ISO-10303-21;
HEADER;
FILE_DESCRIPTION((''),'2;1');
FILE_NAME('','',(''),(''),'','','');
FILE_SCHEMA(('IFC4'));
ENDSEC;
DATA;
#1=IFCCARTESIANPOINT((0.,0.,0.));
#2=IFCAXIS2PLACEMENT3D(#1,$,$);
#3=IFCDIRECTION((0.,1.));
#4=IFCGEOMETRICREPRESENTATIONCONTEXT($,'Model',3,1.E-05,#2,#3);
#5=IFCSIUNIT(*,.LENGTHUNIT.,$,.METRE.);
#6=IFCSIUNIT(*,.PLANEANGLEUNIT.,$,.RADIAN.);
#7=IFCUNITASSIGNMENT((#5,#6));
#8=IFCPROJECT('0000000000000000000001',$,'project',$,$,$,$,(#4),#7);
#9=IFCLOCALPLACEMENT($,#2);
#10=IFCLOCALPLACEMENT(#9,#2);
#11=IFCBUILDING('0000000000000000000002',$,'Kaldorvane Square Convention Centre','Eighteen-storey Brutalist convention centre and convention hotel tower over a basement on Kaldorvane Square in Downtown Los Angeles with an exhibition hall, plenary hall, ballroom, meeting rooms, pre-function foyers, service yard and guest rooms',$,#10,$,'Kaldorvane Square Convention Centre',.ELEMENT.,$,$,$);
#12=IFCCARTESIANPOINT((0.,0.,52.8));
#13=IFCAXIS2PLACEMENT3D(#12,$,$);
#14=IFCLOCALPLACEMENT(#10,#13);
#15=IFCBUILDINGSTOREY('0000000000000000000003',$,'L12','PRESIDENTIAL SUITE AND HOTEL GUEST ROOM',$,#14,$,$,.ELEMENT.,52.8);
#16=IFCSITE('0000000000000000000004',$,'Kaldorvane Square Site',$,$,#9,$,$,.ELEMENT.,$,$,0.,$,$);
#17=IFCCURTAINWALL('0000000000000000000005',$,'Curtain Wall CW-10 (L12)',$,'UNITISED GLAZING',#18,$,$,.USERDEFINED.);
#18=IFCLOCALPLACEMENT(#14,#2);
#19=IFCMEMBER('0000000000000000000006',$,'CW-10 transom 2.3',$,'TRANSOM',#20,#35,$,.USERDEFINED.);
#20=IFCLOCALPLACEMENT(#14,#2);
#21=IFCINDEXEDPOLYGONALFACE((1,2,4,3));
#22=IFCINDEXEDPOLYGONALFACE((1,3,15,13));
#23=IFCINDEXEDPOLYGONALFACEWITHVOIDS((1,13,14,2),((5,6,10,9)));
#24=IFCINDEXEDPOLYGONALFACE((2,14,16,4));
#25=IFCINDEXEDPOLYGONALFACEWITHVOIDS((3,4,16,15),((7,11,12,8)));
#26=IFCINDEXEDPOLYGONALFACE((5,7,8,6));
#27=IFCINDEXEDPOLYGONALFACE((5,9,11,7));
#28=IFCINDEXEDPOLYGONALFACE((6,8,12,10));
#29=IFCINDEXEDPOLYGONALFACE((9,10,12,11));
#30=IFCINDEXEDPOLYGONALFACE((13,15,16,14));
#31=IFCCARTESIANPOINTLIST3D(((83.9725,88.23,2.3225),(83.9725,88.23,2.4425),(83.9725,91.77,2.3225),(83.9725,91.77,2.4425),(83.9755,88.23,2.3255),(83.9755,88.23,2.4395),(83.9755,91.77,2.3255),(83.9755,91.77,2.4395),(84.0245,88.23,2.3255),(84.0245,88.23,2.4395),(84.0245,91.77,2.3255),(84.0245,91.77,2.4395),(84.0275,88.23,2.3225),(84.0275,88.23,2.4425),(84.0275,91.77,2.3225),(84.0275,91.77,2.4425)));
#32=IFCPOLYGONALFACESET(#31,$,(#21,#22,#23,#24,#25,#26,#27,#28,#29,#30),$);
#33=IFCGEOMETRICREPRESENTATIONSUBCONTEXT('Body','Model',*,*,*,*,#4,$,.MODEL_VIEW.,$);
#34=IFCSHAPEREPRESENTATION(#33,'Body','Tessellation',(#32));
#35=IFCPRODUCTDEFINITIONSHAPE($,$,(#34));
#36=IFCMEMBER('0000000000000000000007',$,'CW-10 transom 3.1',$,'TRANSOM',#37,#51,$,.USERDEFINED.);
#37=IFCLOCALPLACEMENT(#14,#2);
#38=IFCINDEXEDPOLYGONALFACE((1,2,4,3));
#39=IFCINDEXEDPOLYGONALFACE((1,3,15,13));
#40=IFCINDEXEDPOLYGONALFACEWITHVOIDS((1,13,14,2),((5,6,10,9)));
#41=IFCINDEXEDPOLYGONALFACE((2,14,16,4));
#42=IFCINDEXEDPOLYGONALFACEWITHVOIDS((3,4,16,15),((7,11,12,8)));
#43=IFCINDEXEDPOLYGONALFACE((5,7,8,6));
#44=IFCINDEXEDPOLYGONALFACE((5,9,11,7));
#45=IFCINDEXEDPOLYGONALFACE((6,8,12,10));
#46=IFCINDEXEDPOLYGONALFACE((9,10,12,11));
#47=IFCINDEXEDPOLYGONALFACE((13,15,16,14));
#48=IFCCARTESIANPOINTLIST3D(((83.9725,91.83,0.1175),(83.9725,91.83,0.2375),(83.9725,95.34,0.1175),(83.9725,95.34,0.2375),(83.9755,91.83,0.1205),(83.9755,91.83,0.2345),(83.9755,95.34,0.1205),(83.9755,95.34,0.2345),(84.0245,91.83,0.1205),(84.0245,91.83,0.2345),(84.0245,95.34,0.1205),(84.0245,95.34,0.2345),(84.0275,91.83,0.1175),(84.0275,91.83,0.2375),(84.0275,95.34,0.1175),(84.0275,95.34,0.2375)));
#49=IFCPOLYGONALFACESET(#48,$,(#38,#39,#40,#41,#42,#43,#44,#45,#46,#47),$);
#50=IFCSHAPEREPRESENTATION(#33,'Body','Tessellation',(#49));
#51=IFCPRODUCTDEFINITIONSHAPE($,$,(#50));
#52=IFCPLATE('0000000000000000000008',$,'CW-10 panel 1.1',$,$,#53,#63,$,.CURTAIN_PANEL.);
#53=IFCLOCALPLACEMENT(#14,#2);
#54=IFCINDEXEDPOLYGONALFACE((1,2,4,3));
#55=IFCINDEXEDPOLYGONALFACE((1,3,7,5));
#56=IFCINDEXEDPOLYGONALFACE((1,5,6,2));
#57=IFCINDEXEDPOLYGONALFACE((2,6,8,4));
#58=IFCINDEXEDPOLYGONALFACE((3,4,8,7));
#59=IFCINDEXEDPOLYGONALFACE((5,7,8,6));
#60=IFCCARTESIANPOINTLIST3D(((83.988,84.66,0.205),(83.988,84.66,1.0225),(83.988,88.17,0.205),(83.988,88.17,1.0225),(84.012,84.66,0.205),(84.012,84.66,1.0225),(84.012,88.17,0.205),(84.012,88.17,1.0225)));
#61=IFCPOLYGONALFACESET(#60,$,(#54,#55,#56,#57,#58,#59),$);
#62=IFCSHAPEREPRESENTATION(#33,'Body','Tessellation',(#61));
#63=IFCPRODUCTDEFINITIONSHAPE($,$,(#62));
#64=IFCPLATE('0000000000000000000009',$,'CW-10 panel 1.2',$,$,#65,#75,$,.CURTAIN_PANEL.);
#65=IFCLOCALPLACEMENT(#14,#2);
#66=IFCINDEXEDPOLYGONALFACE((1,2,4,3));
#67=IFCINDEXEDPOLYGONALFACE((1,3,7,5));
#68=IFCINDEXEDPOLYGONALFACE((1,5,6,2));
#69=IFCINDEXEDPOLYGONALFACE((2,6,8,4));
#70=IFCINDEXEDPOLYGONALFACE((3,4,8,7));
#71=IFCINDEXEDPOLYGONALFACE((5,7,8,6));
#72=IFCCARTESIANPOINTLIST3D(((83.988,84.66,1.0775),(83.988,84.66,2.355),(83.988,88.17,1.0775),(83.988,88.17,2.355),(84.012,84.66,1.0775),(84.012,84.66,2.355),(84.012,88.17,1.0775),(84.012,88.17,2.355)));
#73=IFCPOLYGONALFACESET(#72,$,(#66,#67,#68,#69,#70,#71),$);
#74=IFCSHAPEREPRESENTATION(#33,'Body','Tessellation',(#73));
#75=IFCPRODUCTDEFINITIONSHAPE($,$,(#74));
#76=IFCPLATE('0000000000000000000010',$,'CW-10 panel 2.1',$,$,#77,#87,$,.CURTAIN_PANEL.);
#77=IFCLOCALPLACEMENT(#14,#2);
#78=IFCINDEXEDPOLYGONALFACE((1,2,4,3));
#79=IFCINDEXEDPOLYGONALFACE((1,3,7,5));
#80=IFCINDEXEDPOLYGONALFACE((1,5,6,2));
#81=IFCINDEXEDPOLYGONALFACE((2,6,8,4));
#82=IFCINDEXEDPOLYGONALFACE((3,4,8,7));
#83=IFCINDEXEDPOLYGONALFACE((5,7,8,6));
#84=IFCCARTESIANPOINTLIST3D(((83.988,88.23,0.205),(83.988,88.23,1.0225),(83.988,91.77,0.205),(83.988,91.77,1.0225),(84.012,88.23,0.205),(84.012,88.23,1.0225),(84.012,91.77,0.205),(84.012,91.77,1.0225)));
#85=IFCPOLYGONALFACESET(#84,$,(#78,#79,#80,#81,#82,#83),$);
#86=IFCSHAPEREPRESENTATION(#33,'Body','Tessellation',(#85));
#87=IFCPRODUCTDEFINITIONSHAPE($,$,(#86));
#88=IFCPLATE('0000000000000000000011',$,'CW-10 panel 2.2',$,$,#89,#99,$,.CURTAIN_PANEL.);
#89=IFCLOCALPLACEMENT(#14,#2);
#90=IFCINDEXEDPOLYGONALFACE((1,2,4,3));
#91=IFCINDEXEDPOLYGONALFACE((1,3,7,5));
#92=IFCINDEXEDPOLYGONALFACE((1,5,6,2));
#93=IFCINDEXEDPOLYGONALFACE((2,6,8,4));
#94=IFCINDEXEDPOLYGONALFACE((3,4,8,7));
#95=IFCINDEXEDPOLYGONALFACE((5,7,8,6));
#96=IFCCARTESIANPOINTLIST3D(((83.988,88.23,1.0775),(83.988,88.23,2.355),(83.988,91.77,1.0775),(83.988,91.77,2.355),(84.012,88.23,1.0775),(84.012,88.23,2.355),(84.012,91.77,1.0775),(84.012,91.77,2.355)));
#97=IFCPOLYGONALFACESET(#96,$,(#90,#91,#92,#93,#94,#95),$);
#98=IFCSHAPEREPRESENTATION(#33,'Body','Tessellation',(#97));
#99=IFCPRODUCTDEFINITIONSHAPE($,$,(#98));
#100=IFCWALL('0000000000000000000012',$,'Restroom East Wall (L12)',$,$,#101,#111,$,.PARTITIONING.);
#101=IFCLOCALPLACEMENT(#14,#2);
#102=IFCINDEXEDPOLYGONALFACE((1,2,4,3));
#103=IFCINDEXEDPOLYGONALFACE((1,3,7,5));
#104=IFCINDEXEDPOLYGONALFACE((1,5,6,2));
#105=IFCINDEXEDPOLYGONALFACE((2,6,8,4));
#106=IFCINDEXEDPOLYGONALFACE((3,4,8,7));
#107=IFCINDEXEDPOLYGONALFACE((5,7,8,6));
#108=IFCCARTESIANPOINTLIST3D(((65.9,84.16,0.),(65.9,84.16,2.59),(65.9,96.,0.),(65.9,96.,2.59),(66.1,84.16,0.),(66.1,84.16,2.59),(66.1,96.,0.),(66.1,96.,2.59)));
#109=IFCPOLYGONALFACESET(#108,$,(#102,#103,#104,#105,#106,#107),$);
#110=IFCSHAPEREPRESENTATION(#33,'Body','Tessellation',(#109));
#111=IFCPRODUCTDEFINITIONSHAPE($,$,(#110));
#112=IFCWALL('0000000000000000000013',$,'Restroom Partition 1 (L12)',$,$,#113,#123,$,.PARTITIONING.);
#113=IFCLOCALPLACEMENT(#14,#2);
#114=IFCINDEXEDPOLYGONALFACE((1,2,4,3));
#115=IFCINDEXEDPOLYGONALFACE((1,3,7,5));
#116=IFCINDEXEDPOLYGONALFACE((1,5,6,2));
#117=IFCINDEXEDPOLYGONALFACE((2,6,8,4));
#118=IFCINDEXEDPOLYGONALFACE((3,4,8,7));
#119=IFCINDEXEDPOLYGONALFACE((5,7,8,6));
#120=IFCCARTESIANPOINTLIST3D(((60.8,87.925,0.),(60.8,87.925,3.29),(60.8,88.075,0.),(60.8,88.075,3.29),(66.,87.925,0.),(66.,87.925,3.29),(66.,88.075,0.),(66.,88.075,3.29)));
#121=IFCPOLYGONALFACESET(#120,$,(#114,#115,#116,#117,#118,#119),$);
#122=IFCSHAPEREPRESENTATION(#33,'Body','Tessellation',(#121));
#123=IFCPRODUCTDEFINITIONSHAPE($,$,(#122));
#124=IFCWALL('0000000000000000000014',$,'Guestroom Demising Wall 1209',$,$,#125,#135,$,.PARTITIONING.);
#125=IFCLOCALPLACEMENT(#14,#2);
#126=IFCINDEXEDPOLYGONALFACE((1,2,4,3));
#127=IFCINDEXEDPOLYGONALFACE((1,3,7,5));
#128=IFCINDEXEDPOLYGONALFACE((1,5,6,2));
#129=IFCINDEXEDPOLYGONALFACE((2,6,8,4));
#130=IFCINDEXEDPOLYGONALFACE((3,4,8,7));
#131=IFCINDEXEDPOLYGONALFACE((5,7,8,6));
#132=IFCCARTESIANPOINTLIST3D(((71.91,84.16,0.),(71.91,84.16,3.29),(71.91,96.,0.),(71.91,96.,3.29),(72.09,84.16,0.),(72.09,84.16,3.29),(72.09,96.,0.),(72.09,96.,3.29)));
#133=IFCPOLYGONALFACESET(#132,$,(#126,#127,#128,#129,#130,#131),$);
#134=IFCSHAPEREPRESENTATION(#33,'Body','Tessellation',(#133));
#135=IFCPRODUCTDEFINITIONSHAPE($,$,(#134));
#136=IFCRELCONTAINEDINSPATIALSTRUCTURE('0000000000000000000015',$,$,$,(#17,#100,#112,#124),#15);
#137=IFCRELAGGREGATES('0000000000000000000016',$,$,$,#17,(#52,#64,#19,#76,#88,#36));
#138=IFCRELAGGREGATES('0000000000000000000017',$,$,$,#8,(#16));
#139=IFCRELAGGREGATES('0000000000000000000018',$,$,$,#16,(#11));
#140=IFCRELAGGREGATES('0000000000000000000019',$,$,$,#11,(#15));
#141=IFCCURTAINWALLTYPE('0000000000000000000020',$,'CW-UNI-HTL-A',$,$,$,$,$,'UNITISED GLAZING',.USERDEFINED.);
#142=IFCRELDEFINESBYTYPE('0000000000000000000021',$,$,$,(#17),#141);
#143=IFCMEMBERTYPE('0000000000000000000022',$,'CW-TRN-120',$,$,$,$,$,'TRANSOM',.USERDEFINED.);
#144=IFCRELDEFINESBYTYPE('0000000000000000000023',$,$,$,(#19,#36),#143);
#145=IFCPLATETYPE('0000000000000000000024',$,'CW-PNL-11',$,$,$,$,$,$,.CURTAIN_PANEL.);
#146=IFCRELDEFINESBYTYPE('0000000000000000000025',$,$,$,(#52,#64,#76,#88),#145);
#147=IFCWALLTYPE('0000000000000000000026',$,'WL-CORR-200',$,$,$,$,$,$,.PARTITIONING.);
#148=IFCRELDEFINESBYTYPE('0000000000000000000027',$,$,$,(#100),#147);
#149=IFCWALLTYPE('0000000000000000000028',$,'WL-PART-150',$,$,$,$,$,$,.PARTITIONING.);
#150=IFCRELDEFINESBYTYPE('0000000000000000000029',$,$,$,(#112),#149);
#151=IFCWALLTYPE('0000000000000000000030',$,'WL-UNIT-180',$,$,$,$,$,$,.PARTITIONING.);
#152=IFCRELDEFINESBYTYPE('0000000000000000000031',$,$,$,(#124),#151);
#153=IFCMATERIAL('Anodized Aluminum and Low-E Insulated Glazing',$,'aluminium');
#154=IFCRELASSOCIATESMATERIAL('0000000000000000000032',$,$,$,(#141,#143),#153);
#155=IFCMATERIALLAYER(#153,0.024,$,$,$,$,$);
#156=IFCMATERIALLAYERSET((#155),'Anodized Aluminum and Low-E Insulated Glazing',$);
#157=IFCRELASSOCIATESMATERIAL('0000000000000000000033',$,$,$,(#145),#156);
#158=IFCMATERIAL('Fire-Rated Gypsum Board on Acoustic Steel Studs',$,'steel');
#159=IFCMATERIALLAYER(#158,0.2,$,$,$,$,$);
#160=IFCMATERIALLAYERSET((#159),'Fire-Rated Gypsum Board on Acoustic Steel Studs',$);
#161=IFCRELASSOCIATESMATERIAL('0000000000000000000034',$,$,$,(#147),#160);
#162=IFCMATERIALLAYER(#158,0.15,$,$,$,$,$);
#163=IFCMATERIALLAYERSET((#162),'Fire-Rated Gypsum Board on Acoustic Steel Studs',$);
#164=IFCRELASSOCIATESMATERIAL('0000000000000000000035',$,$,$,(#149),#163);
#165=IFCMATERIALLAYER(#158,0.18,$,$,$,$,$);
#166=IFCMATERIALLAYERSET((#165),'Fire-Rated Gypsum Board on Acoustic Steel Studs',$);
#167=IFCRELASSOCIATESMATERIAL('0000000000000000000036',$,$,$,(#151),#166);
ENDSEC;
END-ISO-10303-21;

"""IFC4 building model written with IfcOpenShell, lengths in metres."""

from ifc_helpers import new_model, si_unit, direction, frame, frame_2d, origin, origin_2d, place, context, subcontext, project, spatial, rectangle, hollow_rectangle, extrude, material, layer, layer_set, material_profile, profile_set, type_object, element, aggregate, save


model = new_model("IFC4")

# Units and contexts
model_context = context("Model", 3, precision=1e-05, world=origin(), true_north=direction((0.0, 1.0)))
body_context = subcontext(model_context, "Body", "Model", "MODEL_VIEW")
ifc_project = project(units=[si_unit("LENGTHUNIT", "METRE"), si_unit("PLANEANGLEUNIT", "RADIAN")], contexts=[model_context])

# Site, building, storey
site_placement = place(None, origin())
site = spatial("IfcSite", under=ifc_project, at=site_placement, Name="Kaldorvane Square Site", CompositionType="ELEMENT", RefElevation=0.0)
building_placement = place(site_placement, origin())
building = spatial("IfcBuilding", under=site, at=building_placement, Name="Kaldorvane Square Convention Centre", Description="Eighteen-storey Brutalist convention centre and convention hotel tower over a basement on Kaldorvane Square in Downtown Los Angeles with an exhibition hall, plenary hall, ballroom, meeting rooms, pre-function foyers, service yard and guest rooms", LongName="Kaldorvane Square Convention Centre", CompositionType="ELEMENT")
storey_placement = place(building_placement, frame((0.0, 0.0, 52.8)))
storey = spatial("IfcBuildingStorey", under=building, at=storey_placement, Name="L12", Description="PRESIDENTIAL SUITE AND HOTEL GUEST ROOM", CompositionType="ELEMENT", Elevation=52.8)

# Curtain wall, members, plates
ifc_material_1 = material(Name="Anodized Aluminum and Low-E Insulated Glazing", Category="aluminium")
curtain_wall_type = type_object("IfcCurtainWallType", Name="CW-UNI-HTL-A", ElementType="UNITISED GLAZING", PredefinedType="USERDEFINED", material=ifc_material_1)
curtain_wall_placement = place(storey_placement, origin())
curtain_wall = element("IfcCurtainWall", 1, at=curtain_wall_placement, inside=storey, type_object=curtain_wall_type, Name="Curtain Wall CW-10 (L12)", ObjectType="UNITISED GLAZING", PredefinedType="USERDEFINED")
ifc_material_profile_1 = material_profile(ifc_material_1, hollow_rectangle(XDim=0.055, YDim=0.12, WallThickness=0.003, at=origin_2d()), Name="CWT-120X55")
ifc_profile_set_1 = profile_set([ifc_material_profile_1], Name="Anodized Aluminum and Low-E Insulated Glazing")
member_type_1 = type_object("IfcMemberType", Name="CW-TRN-120", ElementType="TRANSOM", PredefinedType="USERDEFINED", material=ifc_profile_set_1)
member_1_placement = place(storey_placement, frame((84.0, 88.23, 2.3825), z_axis=(0.0, 1.0, 0.0), x_axis=(-1.0, 0.0, 0.0)))
member_1 = element("IfcMember", 2, at=member_1_placement, type_object=member_type_1, Name="CW-10 transom 2.3", ObjectType="TRANSOM", PredefinedType="USERDEFINED", context=body_context, shape_type="SweptSolid", body=[
    extrude(hollow_rectangle(XDim=0.055, YDim=0.12, WallThickness=0.003, at=origin_2d()), origin(), (0.0, 0.0, 1.0), 3.54),
])
member_2_placement = place(storey_placement, frame((84.0, 91.83, 0.1775), z_axis=(0.0, 1.0, 0.0), x_axis=(-1.0, 0.0, 0.0)))
member_2 = element("IfcMember", 3, at=member_2_placement, type_object=member_type_1, Name="CW-10 transom 3.1", ObjectType="TRANSOM", PredefinedType="USERDEFINED", context=body_context, shape_type="SweptSolid", body=[
    extrude(hollow_rectangle(XDim=0.055, YDim=0.12, WallThickness=0.003, at=origin_2d()), origin(), (0.0, 0.0, 1.0), 3.51),
])
ifc_layer_1 = layer(ifc_material_1, 0.024)
ifc_layer_set_1 = layer_set([ifc_layer_1], Name="Anodized Aluminum and Low-E Insulated Glazing")
plate_type = type_object("IfcPlateType", Name="CW-PNL-11", PredefinedType="CURTAIN_PANEL", material=ifc_layer_set_1)
plate_1_placement = place(storey_placement, frame((84.0, 86.415, 0.205), z_axis=(0.0, 0.0, 1.0), x_axis=(0.0, 1.0, 0.0)))
plate_1 = element("IfcPlate", 4, at=plate_1_placement, type_object=plate_type, Name="CW-10 panel 1.1", PredefinedType="CURTAIN_PANEL", context=body_context, shape_type="SweptSolid", body=[
    extrude(rectangle(XDim=3.51, YDim=0.024, at=origin_2d()), origin(), (0.0, 0.0, 1.0), 0.8175),
])
plate_2_placement = place(storey_placement, frame((84.0, 86.415, 1.0775), z_axis=(0.0, 0.0, 1.0), x_axis=(0.0, 1.0, 0.0)))
plate_2 = element("IfcPlate", 5, at=plate_2_placement, type_object=plate_type, Name="CW-10 panel 1.2", PredefinedType="CURTAIN_PANEL", context=body_context, shape_type="SweptSolid", body=[
    extrude(rectangle(XDim=3.51, YDim=0.024, at=origin_2d()), origin(), (0.0, 0.0, 1.0), 1.2775),
])
plate_3_placement = place(storey_placement, frame((84.0, 90.0, 0.205), z_axis=(0.0, 0.0, 1.0), x_axis=(0.0, 1.0, 0.0)))
plate_3 = element("IfcPlate", 6, at=plate_3_placement, type_object=plate_type, Name="CW-10 panel 2.1", PredefinedType="CURTAIN_PANEL", context=body_context, shape_type="SweptSolid", body=[
    extrude(rectangle(XDim=3.54, YDim=0.024, at=origin_2d()), origin(), (0.0, 0.0, 1.0), 0.8175),
])
plate_4_placement = place(storey_placement, frame((84.0, 90.0, 1.0775), z_axis=(0.0, 0.0, 1.0), x_axis=(0.0, 1.0, 0.0)))
plate_4 = element("IfcPlate", 7, at=plate_4_placement, type_object=plate_type, Name="CW-10 panel 2.2", PredefinedType="CURTAIN_PANEL", context=body_context, shape_type="SweptSolid", body=[
    extrude(rectangle(XDim=3.54, YDim=0.024, at=origin_2d()), origin(), (0.0, 0.0, 1.0), 1.2775),
])
aggregate(curtain_wall, [plate_1, plate_2, member_1, plate_3, plate_4, member_2])

# Walls
ifc_material_2 = material(Name="Fire-Rated Gypsum Board on Acoustic Steel Studs", Category="steel")
ifc_layer_2 = layer(ifc_material_2, 0.2)
ifc_layer_set_2 = layer_set([ifc_layer_2], Name="Fire-Rated Gypsum Board on Acoustic Steel Studs")
wall_type_1 = type_object("IfcWallType", Name="WL-CORR-200", PredefinedType="PARTITIONING", material=ifc_layer_set_2)
wall_1_placement = place(storey_placement, frame((66.0, 84.16, 0.0), z_axis=(0.0, 0.0, 1.0), x_axis=(0.0, 1.0, 0.0)))
element("IfcWall", 8, at=wall_1_placement, inside=storey, type_object=wall_type_1, Name="Restroom East Wall (L12)", PredefinedType="PARTITIONING", context=body_context, shape_type="SweptSolid", body=[
    extrude(rectangle(XDim=11.84, YDim=0.2, at=frame_2d((5.92, 0.0))), origin(), (0.0, 0.0, 1.0), 2.59),
])
ifc_layer_3 = layer(ifc_material_2, 0.15)
ifc_layer_set_3 = layer_set([ifc_layer_3], Name="Fire-Rated Gypsum Board on Acoustic Steel Studs")
wall_type_2 = type_object("IfcWallType", Name="WL-PART-150", PredefinedType="PARTITIONING", material=ifc_layer_set_3)
wall_2_placement = place(storey_placement, frame((60.8, 88.0, 0.0), z_axis=(0.0, 0.0, 1.0), x_axis=(1.0, 0.0, 0.0)))
element("IfcWall", 9, at=wall_2_placement, inside=storey, type_object=wall_type_2, Name="Restroom Partition 1 (L12)", PredefinedType="PARTITIONING", context=body_context, shape_type="SweptSolid", body=[
    extrude(rectangle(XDim=5.2, YDim=0.15, at=frame_2d((2.6, 0.0))), origin(), (0.0, 0.0, 1.0), 3.29),
])
ifc_layer_4 = layer(ifc_material_2, 0.18)
ifc_layer_set_4 = layer_set([ifc_layer_4], Name="Fire-Rated Gypsum Board on Acoustic Steel Studs")
wall_type_3 = type_object("IfcWallType", Name="WL-UNIT-180", PredefinedType="PARTITIONING", material=ifc_layer_set_4)
wall_3_placement = place(storey_placement, frame((72.0, 84.16, 0.0), z_axis=(0.0, 0.0, 1.0), x_axis=(0.0, 1.0, 0.0)))
element("IfcWall", 10, at=wall_3_placement, inside=storey, type_object=wall_type_3, Name="Guestroom Demising Wall 1209", PredefinedType="PARTITIONING", context=body_context, shape_type="SweptSolid", body=[
    extrude(rectangle(XDim=11.84, YDim=0.18, at=frame_2d((5.92, 0.0))), origin(), (0.0, 0.0, 1.0), 3.29),
])

save(model, "model.ifc")
